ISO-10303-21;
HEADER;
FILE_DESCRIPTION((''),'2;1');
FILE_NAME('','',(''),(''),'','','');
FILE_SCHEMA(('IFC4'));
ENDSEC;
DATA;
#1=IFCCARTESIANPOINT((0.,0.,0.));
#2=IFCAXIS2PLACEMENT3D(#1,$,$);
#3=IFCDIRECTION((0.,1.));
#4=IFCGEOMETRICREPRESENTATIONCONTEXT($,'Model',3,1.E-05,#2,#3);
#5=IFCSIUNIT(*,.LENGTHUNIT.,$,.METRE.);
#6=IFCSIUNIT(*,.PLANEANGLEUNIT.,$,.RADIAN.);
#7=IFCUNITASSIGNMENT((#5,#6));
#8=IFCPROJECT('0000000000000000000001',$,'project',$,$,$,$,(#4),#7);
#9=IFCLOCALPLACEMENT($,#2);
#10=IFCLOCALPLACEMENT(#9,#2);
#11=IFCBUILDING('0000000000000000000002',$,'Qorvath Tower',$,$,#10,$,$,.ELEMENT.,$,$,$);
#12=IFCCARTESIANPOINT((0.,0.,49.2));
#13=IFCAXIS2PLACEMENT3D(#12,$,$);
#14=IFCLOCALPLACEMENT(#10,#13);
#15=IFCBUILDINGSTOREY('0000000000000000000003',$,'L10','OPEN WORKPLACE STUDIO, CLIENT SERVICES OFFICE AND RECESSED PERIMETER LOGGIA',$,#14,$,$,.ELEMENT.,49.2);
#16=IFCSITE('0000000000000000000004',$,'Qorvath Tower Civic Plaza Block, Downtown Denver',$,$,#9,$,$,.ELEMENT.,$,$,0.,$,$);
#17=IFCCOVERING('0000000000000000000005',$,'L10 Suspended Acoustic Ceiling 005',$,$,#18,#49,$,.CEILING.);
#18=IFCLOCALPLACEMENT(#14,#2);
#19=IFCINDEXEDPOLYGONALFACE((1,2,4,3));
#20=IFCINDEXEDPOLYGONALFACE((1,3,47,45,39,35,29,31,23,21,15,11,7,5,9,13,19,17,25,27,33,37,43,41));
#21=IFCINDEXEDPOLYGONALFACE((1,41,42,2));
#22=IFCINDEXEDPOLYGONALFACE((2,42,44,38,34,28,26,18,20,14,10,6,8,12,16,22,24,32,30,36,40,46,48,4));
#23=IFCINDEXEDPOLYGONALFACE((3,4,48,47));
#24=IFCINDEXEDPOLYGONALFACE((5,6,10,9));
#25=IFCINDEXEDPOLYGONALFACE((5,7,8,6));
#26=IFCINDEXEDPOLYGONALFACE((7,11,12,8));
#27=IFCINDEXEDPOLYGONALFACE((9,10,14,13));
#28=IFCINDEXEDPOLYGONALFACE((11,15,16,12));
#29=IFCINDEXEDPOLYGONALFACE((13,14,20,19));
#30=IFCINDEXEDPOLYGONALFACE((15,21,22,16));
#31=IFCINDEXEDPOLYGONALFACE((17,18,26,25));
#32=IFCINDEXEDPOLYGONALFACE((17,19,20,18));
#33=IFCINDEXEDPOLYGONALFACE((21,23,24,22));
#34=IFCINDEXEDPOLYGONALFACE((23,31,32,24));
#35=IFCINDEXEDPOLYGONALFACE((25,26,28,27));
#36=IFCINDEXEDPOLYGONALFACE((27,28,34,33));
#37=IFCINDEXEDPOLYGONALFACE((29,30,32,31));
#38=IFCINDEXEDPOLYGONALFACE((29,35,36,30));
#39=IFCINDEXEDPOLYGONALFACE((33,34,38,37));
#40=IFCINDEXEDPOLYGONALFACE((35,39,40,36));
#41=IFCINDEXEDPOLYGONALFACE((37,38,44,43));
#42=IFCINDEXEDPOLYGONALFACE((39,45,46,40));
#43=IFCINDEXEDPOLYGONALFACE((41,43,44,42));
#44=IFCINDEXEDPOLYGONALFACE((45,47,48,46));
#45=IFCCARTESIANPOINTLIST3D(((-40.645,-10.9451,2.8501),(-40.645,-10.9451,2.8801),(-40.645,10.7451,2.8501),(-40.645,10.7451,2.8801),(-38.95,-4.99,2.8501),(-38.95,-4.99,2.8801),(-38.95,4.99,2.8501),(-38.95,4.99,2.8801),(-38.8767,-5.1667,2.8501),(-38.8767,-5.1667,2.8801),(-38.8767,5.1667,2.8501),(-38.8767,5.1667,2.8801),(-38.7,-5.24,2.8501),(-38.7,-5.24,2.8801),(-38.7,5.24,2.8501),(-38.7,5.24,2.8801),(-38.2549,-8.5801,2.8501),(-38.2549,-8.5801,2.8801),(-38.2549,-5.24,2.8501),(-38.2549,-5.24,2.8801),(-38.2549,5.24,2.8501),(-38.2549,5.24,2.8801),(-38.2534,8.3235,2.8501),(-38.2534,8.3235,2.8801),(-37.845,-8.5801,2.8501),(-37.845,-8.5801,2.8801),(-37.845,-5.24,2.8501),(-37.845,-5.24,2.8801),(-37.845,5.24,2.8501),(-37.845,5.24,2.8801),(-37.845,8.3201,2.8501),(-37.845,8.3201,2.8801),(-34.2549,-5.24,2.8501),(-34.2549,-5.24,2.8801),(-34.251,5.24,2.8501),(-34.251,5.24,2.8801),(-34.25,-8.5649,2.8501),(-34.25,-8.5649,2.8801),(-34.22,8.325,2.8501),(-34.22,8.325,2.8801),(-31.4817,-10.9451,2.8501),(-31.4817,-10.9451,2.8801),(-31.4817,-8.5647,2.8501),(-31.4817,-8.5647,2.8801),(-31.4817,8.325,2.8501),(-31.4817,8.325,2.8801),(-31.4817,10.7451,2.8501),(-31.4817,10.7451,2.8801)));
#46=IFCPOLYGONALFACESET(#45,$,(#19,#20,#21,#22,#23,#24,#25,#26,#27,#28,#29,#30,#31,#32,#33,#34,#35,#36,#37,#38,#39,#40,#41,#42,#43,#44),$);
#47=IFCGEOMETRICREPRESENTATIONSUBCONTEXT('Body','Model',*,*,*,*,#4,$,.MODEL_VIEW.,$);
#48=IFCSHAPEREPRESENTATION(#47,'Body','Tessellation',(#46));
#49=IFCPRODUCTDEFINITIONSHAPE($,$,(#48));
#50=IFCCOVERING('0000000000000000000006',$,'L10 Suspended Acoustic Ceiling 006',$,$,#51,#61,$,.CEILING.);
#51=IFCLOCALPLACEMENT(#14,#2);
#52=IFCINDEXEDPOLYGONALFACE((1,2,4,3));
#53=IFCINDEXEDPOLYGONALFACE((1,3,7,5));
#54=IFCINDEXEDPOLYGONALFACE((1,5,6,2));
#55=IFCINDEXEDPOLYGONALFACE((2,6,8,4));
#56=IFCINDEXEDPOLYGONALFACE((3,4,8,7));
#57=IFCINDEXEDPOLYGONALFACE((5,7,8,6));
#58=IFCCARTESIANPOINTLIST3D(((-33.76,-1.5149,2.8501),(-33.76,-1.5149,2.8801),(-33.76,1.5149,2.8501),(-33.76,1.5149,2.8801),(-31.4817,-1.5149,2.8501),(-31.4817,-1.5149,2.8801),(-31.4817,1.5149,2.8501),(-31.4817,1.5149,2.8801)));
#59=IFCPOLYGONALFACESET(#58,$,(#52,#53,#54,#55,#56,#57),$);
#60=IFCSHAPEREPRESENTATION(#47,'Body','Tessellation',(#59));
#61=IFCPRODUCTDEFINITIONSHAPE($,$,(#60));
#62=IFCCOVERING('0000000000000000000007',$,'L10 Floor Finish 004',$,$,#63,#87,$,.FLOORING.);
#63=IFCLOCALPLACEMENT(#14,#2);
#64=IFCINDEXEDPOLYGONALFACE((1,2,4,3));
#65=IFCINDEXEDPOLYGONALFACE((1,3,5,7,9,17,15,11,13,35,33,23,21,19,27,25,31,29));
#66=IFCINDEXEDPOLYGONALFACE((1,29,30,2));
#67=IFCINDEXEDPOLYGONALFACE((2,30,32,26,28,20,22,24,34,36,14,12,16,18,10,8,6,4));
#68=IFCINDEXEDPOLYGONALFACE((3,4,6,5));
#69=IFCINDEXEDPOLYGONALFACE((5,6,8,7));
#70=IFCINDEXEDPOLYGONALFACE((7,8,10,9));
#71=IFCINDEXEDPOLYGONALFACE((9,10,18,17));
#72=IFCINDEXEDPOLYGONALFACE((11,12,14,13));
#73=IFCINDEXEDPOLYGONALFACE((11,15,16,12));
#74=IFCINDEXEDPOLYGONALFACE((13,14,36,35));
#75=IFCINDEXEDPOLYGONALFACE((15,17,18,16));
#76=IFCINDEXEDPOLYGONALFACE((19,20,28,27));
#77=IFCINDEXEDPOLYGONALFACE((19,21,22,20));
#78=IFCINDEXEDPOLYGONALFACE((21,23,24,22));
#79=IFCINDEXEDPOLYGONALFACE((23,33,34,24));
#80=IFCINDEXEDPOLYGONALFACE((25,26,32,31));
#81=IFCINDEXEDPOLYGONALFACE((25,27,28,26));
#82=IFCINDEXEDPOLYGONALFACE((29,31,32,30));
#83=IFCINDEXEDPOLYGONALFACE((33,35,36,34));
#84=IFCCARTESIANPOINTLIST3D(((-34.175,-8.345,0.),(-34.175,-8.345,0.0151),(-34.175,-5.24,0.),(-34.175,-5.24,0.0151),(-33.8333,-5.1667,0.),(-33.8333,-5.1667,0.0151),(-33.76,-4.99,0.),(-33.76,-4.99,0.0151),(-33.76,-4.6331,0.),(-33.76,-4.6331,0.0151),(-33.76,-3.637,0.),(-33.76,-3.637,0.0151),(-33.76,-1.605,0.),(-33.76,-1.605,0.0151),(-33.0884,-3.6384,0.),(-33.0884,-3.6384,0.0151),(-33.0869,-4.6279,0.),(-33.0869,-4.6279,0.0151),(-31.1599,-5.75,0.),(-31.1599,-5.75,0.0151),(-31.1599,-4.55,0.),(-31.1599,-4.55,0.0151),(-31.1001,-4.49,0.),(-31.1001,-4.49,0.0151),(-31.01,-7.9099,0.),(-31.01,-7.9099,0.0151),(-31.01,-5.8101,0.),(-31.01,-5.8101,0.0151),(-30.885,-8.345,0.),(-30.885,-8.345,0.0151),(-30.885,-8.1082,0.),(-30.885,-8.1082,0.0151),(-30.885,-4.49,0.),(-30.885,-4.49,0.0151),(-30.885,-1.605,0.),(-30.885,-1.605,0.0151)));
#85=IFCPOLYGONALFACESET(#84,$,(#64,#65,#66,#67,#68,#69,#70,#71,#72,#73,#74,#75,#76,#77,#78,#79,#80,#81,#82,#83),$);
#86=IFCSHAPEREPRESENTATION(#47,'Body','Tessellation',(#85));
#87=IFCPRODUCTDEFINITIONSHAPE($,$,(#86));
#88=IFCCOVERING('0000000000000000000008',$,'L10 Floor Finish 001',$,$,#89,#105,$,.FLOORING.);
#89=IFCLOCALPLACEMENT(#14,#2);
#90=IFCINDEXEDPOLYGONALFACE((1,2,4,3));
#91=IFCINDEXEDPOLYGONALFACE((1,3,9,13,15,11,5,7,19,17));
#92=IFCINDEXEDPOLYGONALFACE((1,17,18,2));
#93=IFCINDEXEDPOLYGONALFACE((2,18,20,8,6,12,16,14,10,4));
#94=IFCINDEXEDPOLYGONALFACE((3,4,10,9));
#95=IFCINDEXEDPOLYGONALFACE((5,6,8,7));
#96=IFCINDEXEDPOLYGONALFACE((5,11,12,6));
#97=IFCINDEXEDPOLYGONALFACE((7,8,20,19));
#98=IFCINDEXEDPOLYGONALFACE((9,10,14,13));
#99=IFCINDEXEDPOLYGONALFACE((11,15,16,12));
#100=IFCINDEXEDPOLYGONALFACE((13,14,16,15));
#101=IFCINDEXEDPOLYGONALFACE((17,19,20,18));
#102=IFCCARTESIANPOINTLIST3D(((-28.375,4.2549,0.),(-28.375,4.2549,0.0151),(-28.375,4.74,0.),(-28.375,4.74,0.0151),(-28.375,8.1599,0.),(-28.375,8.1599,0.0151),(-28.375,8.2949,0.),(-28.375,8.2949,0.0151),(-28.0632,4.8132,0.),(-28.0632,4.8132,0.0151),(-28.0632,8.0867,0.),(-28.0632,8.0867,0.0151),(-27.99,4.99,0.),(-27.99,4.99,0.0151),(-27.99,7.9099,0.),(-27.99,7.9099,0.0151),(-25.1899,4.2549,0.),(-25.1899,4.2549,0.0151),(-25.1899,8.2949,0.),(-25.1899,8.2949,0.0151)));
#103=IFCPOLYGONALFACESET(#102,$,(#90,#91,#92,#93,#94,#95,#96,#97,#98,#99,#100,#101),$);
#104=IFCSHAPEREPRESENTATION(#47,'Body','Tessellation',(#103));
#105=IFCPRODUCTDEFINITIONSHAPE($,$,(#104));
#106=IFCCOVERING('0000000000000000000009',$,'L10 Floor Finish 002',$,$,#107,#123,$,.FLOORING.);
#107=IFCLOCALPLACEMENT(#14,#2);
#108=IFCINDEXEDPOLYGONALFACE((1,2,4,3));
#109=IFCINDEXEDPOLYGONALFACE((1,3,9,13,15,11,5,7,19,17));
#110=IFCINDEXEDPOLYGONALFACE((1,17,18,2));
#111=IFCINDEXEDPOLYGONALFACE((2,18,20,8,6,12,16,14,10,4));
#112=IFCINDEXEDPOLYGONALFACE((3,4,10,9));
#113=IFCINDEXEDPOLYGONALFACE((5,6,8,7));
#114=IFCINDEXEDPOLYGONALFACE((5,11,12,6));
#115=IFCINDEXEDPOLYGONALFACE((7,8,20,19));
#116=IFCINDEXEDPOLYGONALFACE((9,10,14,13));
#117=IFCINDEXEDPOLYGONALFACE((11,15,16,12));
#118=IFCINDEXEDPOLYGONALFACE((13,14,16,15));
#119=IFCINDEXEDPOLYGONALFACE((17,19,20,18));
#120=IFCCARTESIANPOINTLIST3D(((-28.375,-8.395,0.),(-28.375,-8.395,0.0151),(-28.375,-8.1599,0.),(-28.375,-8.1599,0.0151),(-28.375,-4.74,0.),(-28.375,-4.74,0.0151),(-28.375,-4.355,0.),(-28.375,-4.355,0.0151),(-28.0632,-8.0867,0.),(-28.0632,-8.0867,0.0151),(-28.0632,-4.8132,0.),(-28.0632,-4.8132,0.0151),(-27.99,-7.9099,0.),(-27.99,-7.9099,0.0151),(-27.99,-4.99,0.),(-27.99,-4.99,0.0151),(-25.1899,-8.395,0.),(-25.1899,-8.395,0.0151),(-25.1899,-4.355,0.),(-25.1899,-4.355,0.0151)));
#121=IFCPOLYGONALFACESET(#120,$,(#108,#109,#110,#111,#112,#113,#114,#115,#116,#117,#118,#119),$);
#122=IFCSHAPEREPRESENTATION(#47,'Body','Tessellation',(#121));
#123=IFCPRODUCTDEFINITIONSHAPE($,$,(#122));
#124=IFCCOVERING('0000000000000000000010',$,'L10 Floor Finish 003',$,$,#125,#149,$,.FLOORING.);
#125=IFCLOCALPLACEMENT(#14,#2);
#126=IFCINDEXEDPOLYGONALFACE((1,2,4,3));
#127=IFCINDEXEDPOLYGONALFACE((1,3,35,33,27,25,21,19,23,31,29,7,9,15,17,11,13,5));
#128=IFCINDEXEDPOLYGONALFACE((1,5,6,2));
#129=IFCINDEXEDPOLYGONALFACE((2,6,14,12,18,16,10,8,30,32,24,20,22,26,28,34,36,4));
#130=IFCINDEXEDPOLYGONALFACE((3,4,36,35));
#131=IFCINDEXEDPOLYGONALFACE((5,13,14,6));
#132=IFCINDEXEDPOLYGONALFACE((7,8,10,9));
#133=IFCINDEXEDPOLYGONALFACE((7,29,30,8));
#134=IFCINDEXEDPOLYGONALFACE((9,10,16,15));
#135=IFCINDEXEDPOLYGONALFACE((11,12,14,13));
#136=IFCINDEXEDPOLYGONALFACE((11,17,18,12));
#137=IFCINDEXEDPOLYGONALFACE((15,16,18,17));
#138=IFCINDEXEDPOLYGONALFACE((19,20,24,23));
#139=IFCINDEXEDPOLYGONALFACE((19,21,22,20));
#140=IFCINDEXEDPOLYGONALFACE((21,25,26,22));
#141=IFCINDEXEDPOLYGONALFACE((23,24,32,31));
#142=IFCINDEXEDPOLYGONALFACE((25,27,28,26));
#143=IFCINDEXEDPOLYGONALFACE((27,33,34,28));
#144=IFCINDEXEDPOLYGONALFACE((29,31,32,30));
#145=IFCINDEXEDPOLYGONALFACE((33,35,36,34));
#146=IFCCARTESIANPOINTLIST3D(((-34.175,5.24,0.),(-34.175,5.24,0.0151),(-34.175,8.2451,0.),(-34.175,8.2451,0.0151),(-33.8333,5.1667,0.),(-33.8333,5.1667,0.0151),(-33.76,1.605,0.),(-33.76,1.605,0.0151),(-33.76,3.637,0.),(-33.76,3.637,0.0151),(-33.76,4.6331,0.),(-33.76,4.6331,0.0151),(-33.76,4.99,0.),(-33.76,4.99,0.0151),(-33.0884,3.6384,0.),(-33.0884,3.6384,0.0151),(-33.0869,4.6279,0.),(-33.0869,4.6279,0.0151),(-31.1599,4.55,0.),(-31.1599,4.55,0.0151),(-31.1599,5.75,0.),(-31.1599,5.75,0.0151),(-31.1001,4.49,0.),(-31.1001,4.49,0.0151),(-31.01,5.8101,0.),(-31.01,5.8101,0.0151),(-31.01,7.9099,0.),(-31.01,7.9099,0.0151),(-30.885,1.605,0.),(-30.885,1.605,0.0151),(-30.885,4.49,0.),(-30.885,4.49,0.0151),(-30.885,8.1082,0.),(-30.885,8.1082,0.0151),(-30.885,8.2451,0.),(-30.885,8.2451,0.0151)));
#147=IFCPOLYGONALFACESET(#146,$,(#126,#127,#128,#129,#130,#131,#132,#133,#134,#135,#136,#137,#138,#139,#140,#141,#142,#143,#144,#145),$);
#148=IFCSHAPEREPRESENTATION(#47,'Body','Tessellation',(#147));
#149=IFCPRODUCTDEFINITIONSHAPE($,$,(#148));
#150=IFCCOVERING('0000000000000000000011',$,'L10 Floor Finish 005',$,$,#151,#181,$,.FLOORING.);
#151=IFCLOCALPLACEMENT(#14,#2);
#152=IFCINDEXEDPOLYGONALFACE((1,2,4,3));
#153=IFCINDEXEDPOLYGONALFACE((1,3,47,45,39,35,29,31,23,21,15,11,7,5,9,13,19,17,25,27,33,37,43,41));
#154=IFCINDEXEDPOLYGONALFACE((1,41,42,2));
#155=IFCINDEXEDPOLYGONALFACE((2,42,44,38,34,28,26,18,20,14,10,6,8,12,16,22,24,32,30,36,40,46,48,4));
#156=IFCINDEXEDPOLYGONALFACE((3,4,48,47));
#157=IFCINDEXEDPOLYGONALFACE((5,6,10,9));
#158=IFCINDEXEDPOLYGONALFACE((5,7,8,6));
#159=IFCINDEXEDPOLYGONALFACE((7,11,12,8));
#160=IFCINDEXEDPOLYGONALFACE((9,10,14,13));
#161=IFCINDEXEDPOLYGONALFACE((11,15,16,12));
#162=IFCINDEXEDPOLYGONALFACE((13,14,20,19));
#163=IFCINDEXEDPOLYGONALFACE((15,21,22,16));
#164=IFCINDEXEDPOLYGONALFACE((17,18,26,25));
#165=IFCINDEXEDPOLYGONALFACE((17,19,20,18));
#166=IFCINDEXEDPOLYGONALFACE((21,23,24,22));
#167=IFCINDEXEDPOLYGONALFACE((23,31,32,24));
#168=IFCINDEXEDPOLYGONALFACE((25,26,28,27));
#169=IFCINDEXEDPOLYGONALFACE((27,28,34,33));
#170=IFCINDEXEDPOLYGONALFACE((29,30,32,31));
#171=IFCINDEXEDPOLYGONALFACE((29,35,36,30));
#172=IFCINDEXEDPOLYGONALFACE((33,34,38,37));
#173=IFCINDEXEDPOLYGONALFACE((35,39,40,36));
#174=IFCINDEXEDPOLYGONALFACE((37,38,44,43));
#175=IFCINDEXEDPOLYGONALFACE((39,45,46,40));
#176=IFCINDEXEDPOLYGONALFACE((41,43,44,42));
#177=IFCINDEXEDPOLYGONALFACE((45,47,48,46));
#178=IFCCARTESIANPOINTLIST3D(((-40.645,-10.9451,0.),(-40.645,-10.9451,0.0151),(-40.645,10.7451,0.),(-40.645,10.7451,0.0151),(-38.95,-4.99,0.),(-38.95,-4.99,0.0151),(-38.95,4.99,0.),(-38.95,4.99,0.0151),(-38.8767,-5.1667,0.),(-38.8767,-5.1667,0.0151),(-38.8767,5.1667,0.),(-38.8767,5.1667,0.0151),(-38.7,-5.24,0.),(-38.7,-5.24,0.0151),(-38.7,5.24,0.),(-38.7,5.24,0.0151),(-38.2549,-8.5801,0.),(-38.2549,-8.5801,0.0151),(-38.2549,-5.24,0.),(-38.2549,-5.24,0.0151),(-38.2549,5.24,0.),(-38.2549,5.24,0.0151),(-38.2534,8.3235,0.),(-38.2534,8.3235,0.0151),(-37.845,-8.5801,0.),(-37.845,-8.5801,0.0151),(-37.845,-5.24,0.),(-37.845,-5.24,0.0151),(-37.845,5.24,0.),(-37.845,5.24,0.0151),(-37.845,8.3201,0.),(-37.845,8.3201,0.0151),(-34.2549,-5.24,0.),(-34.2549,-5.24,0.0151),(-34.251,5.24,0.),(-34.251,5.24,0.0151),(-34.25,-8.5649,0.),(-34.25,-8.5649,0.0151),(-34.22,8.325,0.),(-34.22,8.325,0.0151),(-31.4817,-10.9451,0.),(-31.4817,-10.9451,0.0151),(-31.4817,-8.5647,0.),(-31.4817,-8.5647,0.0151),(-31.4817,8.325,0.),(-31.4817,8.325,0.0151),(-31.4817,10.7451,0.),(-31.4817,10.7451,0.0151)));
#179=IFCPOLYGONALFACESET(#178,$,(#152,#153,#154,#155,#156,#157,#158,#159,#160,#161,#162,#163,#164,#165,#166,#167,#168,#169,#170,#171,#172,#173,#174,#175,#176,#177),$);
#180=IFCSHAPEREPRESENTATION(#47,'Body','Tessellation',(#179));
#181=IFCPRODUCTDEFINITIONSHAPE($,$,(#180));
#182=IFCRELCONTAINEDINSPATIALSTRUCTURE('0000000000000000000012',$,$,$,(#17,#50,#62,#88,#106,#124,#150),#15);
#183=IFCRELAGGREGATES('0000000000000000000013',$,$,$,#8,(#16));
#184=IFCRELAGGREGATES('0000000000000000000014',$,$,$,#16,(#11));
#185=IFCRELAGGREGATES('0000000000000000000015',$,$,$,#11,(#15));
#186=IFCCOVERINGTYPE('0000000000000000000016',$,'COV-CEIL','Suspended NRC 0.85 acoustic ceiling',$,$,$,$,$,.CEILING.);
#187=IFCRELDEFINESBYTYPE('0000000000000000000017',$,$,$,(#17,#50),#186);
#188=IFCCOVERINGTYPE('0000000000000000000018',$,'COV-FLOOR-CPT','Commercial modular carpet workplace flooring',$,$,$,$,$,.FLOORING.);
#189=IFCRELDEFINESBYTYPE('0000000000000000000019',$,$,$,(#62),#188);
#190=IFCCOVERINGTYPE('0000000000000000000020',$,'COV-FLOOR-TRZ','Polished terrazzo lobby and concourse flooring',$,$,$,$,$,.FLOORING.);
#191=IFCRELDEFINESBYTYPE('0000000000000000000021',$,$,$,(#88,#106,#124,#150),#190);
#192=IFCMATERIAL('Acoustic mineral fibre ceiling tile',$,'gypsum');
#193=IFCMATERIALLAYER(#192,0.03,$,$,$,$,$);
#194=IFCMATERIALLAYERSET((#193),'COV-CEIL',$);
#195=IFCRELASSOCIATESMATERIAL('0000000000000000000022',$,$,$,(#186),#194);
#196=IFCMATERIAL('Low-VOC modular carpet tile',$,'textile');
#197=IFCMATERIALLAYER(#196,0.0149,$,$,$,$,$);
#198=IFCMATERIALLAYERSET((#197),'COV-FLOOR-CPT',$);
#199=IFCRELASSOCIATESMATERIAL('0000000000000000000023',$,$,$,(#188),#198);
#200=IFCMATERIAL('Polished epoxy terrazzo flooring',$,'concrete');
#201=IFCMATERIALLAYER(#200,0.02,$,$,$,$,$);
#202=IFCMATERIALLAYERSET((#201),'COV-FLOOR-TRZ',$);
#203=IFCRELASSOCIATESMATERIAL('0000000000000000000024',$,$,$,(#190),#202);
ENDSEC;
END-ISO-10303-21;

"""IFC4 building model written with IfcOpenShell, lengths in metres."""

from ifc_helpers import new_model, si_unit, direction, frame, origin, place, context, subcontext, project, spatial, polyline, outline, extrude, material, layer, layer_set, type_object, element, save


model = new_model("IFC4")

# Units and contexts
model_context = context("Model", 3, precision=1e-05, world=origin(), true_north=direction((0.0, 1.0)))
body_context = subcontext(model_context, "Body", "Model", "MODEL_VIEW")
ifc_project = project(units=[si_unit("LENGTHUNIT", "METRE"), si_unit("PLANEANGLEUNIT", "RADIAN")], contexts=[model_context])

# Site, building, storey
site_placement = place(None, origin())
site = spatial("IfcSite", under=ifc_project, at=site_placement, Name="Qorvath Tower Civic Plaza Block, Downtown Denver", CompositionType="ELEMENT", RefElevation=0.0)
building_placement = place(site_placement, origin())
building = spatial("IfcBuilding", under=site, at=building_placement, Name="Qorvath Tower", CompositionType="ELEMENT")
storey_placement = place(building_placement, frame((0.0, 0.0, 49.2)))
storey = spatial("IfcBuildingStorey", under=building, at=storey_placement, Name="L10", Description="OPEN WORKPLACE STUDIO, CLIENT SERVICES OFFICE AND RECESSED PERIMETER LOGGIA", CompositionType="ELEMENT", Elevation=49.2)

# Coverings
ifc_material_1 = material(Name="Acoustic mineral fibre ceiling tile", Category="gypsum")
ifc_layer_1 = layer(ifc_material_1, 0.03)
ifc_layer_set_1 = layer_set([ifc_layer_1], Name="COV-CEIL")
covering_type_1 = type_object("IfcCoveringType", Name="COV-CEIL", Description="Suspended NRC 0.85 acoustic ceiling", PredefinedType="CEILING", material=ifc_layer_set_1)
covering_1_placement = place(storey_placement, frame((0.0, 0.0, 2.8501)))
element("IfcCovering", 1, at=covering_1_placement, inside=storey, type_object=covering_type_1, Name="L10 Suspended Acoustic Ceiling 005", PredefinedType="CEILING", context=body_context, shape_type="SweptSolid", body=[
    extrude(outline(polyline([(-31.4817, -10.9451), (-31.4817, -8.5647), (-34.25, -8.5649), (-34.2549, -5.24), (-37.845, -5.24), (-37.845, -8.5801), (-38.2549, -8.5801), (-38.2549, -5.24), (-38.7, -5.24), (-38.8767, -5.1667), (-38.95, -4.99), (-38.95, 4.99), (-38.8767, 5.1667), (-38.7, 5.24), (-38.2549, 5.24), (-38.2534, 8.3235), (-37.845, 8.3201), (-37.845, 5.24), (-34.251, 5.24), (-34.22, 8.325), (-31.4817, 8.325), (-31.4817, 10.7451), (-40.645, 10.7451), (-40.645, -10.9451), (-31.4817, -10.9451)])), origin(), (0.0, 0.0, 1.0), 0.03),
])
covering_2_placement = place(storey_placement, frame((0.0, 0.0, 2.8501)))
element("IfcCovering", 2, at=covering_2_placement, inside=storey, type_object=covering_type_1, Name="L10 Suspended Acoustic Ceiling 006", PredefinedType="CEILING", context=body_context, shape_type="SweptSolid", body=[
    extrude(outline(polyline([(-31.4817, -1.5149), (-31.4817, 1.5149), (-33.76, 1.5149), (-33.76, -1.5149), (-31.4817, -1.5149)])), origin(), (0.0, 0.0, 1.0), 0.03),
])
ifc_material_2 = material(Name="Low-VOC modular carpet tile", Category="textile")
ifc_layer_2 = layer(ifc_material_2, 0.0149)
ifc_layer_set_2 = layer_set([ifc_layer_2], Name="COV-FLOOR-CPT")
covering_type_2 = type_object("IfcCoveringType", Name="COV-FLOOR-CPT", Description="Commercial modular carpet workplace flooring", PredefinedType="FLOORING", material=ifc_layer_set_2)
covering_3_placement = place(storey_placement, origin())
element("IfcCovering", 3, at=covering_3_placement, inside=storey, type_object=covering_type_2, Name="L10 Floor Finish 004", PredefinedType="FLOORING", context=body_context, shape_type="SweptSolid", body=[
    extrude(outline(polyline([(-30.885, -1.605), (-33.76, -1.605), (-33.76, -3.637), (-33.0884, -3.6384), (-33.0869, -4.6279), (-33.76, -4.6331), (-33.76, -4.99), (-33.8333, -5.1667), (-34.175, -5.24), (-34.175, -8.345), (-30.885, -8.345), (-30.885, -8.1082), (-31.01, -7.9099), (-31.01, -5.8101), (-31.1599, -5.75), (-31.1599, -4.55), (-31.1001, -4.49), (-30.885, -4.49), (-30.885, -1.605)])), origin(), (0.0, 0.0, 1.0), 0.0151),
])
ifc_material_3 = material(Name="Polished epoxy terrazzo flooring", Category="concrete")
ifc_layer_3 = layer(ifc_material_3, 0.02)
ifc_layer_set_3 = layer_set([ifc_layer_3], Name="COV-FLOOR-TRZ")
covering_type_3 = type_object("IfcCoveringType", Name="COV-FLOOR-TRZ", Description="Polished terrazzo lobby and concourse flooring", PredefinedType="FLOORING", material=ifc_layer_set_3)
covering_4_placement = place(storey_placement, origin())
element("IfcCovering", 4, at=covering_4_placement, inside=storey, type_object=covering_type_3, Name="L10 Floor Finish 001", PredefinedType="FLOORING", context=body_context, shape_type="SweptSolid", body=[
    extrude(outline(polyline([(-25.1899, 4.2549), (-25.1899, 8.2949), (-28.375, 8.2949), (-28.375, 8.1599), (-28.0632, 8.0867), (-27.99, 7.9099), (-27.99, 4.99), (-28.0632, 4.8132), (-28.375, 4.74), (-28.375, 4.2549), (-25.1899, 4.2549)])), origin(), (0.0, 0.0, 1.0), 0.0151),
])
covering_5_placement = place(storey_placement, origin())
element("IfcCovering", 5, at=covering_5_placement, inside=storey, type_object=covering_type_3, Name="L10 Floor Finish 002", PredefinedType="FLOORING", context=body_context, shape_type="SweptSolid", body=[
    extrude(outline(polyline([(-25.1899, -8.395), (-25.1899, -4.355), (-28.375, -4.355), (-28.375, -4.74), (-28.0632, -4.8132), (-27.99, -4.99), (-27.99, -7.9099), (-28.0632, -8.0867), (-28.375, -8.1599), (-28.375, -8.395), (-25.1899, -8.395)])), origin(), (0.0, 0.0, 1.0), 0.0151),
])
covering_6_placement = place(storey_placement, origin())
element("IfcCovering", 6, at=covering_6_placement, inside=storey, type_object=covering_type_3, Name="L10 Floor Finish 003", PredefinedType="FLOORING", context=body_context, shape_type="SweptSolid", body=[
    extrude(outline(polyline([(-30.885, 8.2451), (-34.175, 8.2451), (-34.175, 5.24), (-33.8333, 5.1667), (-33.76, 4.99), (-33.76, 4.6331), (-33.0869, 4.6279), (-33.0884, 3.6384), (-33.76, 3.637), (-33.76, 1.605), (-30.885, 1.605), (-30.885, 4.49), (-31.1001, 4.49), (-31.1599, 4.55), (-31.1599, 5.75), (-31.01, 5.8101), (-31.01, 7.9099), (-30.885, 8.1082), (-30.885, 8.2451)])), origin(), (0.0, 0.0, 1.0), 0.0151),
])
covering_7_placement = place(storey_placement, origin())
element("IfcCovering", 7, at=covering_7_placement, inside=storey, type_object=covering_type_3, Name="L10 Floor Finish 005", PredefinedType="FLOORING", context=body_context, shape_type="SweptSolid", body=[
    extrude(outline(polyline([(-31.4817, -10.9451), (-31.4817, -8.5647), (-34.25, -8.5649), (-34.2549, -5.24), (-37.845, -5.24), (-37.845, -8.5801), (-38.2549, -8.5801), (-38.2549, -5.24), (-38.7, -5.24), (-38.8767, -5.1667), (-38.95, -4.99), (-38.95, 4.99), (-38.8767, 5.1667), (-38.7, 5.24), (-38.2549, 5.24), (-38.2534, 8.3235), (-37.845, 8.3201), (-37.845, 5.24), (-34.251, 5.24), (-34.22, 8.325), (-31.4817, 8.325), (-31.4817, 10.7451), (-40.645, 10.7451), (-40.645, -10.9451), (-31.4817, -10.9451)])), origin(), (0.0, 0.0, 1.0), 0.0151),
])

save(model, "model.ifc")
